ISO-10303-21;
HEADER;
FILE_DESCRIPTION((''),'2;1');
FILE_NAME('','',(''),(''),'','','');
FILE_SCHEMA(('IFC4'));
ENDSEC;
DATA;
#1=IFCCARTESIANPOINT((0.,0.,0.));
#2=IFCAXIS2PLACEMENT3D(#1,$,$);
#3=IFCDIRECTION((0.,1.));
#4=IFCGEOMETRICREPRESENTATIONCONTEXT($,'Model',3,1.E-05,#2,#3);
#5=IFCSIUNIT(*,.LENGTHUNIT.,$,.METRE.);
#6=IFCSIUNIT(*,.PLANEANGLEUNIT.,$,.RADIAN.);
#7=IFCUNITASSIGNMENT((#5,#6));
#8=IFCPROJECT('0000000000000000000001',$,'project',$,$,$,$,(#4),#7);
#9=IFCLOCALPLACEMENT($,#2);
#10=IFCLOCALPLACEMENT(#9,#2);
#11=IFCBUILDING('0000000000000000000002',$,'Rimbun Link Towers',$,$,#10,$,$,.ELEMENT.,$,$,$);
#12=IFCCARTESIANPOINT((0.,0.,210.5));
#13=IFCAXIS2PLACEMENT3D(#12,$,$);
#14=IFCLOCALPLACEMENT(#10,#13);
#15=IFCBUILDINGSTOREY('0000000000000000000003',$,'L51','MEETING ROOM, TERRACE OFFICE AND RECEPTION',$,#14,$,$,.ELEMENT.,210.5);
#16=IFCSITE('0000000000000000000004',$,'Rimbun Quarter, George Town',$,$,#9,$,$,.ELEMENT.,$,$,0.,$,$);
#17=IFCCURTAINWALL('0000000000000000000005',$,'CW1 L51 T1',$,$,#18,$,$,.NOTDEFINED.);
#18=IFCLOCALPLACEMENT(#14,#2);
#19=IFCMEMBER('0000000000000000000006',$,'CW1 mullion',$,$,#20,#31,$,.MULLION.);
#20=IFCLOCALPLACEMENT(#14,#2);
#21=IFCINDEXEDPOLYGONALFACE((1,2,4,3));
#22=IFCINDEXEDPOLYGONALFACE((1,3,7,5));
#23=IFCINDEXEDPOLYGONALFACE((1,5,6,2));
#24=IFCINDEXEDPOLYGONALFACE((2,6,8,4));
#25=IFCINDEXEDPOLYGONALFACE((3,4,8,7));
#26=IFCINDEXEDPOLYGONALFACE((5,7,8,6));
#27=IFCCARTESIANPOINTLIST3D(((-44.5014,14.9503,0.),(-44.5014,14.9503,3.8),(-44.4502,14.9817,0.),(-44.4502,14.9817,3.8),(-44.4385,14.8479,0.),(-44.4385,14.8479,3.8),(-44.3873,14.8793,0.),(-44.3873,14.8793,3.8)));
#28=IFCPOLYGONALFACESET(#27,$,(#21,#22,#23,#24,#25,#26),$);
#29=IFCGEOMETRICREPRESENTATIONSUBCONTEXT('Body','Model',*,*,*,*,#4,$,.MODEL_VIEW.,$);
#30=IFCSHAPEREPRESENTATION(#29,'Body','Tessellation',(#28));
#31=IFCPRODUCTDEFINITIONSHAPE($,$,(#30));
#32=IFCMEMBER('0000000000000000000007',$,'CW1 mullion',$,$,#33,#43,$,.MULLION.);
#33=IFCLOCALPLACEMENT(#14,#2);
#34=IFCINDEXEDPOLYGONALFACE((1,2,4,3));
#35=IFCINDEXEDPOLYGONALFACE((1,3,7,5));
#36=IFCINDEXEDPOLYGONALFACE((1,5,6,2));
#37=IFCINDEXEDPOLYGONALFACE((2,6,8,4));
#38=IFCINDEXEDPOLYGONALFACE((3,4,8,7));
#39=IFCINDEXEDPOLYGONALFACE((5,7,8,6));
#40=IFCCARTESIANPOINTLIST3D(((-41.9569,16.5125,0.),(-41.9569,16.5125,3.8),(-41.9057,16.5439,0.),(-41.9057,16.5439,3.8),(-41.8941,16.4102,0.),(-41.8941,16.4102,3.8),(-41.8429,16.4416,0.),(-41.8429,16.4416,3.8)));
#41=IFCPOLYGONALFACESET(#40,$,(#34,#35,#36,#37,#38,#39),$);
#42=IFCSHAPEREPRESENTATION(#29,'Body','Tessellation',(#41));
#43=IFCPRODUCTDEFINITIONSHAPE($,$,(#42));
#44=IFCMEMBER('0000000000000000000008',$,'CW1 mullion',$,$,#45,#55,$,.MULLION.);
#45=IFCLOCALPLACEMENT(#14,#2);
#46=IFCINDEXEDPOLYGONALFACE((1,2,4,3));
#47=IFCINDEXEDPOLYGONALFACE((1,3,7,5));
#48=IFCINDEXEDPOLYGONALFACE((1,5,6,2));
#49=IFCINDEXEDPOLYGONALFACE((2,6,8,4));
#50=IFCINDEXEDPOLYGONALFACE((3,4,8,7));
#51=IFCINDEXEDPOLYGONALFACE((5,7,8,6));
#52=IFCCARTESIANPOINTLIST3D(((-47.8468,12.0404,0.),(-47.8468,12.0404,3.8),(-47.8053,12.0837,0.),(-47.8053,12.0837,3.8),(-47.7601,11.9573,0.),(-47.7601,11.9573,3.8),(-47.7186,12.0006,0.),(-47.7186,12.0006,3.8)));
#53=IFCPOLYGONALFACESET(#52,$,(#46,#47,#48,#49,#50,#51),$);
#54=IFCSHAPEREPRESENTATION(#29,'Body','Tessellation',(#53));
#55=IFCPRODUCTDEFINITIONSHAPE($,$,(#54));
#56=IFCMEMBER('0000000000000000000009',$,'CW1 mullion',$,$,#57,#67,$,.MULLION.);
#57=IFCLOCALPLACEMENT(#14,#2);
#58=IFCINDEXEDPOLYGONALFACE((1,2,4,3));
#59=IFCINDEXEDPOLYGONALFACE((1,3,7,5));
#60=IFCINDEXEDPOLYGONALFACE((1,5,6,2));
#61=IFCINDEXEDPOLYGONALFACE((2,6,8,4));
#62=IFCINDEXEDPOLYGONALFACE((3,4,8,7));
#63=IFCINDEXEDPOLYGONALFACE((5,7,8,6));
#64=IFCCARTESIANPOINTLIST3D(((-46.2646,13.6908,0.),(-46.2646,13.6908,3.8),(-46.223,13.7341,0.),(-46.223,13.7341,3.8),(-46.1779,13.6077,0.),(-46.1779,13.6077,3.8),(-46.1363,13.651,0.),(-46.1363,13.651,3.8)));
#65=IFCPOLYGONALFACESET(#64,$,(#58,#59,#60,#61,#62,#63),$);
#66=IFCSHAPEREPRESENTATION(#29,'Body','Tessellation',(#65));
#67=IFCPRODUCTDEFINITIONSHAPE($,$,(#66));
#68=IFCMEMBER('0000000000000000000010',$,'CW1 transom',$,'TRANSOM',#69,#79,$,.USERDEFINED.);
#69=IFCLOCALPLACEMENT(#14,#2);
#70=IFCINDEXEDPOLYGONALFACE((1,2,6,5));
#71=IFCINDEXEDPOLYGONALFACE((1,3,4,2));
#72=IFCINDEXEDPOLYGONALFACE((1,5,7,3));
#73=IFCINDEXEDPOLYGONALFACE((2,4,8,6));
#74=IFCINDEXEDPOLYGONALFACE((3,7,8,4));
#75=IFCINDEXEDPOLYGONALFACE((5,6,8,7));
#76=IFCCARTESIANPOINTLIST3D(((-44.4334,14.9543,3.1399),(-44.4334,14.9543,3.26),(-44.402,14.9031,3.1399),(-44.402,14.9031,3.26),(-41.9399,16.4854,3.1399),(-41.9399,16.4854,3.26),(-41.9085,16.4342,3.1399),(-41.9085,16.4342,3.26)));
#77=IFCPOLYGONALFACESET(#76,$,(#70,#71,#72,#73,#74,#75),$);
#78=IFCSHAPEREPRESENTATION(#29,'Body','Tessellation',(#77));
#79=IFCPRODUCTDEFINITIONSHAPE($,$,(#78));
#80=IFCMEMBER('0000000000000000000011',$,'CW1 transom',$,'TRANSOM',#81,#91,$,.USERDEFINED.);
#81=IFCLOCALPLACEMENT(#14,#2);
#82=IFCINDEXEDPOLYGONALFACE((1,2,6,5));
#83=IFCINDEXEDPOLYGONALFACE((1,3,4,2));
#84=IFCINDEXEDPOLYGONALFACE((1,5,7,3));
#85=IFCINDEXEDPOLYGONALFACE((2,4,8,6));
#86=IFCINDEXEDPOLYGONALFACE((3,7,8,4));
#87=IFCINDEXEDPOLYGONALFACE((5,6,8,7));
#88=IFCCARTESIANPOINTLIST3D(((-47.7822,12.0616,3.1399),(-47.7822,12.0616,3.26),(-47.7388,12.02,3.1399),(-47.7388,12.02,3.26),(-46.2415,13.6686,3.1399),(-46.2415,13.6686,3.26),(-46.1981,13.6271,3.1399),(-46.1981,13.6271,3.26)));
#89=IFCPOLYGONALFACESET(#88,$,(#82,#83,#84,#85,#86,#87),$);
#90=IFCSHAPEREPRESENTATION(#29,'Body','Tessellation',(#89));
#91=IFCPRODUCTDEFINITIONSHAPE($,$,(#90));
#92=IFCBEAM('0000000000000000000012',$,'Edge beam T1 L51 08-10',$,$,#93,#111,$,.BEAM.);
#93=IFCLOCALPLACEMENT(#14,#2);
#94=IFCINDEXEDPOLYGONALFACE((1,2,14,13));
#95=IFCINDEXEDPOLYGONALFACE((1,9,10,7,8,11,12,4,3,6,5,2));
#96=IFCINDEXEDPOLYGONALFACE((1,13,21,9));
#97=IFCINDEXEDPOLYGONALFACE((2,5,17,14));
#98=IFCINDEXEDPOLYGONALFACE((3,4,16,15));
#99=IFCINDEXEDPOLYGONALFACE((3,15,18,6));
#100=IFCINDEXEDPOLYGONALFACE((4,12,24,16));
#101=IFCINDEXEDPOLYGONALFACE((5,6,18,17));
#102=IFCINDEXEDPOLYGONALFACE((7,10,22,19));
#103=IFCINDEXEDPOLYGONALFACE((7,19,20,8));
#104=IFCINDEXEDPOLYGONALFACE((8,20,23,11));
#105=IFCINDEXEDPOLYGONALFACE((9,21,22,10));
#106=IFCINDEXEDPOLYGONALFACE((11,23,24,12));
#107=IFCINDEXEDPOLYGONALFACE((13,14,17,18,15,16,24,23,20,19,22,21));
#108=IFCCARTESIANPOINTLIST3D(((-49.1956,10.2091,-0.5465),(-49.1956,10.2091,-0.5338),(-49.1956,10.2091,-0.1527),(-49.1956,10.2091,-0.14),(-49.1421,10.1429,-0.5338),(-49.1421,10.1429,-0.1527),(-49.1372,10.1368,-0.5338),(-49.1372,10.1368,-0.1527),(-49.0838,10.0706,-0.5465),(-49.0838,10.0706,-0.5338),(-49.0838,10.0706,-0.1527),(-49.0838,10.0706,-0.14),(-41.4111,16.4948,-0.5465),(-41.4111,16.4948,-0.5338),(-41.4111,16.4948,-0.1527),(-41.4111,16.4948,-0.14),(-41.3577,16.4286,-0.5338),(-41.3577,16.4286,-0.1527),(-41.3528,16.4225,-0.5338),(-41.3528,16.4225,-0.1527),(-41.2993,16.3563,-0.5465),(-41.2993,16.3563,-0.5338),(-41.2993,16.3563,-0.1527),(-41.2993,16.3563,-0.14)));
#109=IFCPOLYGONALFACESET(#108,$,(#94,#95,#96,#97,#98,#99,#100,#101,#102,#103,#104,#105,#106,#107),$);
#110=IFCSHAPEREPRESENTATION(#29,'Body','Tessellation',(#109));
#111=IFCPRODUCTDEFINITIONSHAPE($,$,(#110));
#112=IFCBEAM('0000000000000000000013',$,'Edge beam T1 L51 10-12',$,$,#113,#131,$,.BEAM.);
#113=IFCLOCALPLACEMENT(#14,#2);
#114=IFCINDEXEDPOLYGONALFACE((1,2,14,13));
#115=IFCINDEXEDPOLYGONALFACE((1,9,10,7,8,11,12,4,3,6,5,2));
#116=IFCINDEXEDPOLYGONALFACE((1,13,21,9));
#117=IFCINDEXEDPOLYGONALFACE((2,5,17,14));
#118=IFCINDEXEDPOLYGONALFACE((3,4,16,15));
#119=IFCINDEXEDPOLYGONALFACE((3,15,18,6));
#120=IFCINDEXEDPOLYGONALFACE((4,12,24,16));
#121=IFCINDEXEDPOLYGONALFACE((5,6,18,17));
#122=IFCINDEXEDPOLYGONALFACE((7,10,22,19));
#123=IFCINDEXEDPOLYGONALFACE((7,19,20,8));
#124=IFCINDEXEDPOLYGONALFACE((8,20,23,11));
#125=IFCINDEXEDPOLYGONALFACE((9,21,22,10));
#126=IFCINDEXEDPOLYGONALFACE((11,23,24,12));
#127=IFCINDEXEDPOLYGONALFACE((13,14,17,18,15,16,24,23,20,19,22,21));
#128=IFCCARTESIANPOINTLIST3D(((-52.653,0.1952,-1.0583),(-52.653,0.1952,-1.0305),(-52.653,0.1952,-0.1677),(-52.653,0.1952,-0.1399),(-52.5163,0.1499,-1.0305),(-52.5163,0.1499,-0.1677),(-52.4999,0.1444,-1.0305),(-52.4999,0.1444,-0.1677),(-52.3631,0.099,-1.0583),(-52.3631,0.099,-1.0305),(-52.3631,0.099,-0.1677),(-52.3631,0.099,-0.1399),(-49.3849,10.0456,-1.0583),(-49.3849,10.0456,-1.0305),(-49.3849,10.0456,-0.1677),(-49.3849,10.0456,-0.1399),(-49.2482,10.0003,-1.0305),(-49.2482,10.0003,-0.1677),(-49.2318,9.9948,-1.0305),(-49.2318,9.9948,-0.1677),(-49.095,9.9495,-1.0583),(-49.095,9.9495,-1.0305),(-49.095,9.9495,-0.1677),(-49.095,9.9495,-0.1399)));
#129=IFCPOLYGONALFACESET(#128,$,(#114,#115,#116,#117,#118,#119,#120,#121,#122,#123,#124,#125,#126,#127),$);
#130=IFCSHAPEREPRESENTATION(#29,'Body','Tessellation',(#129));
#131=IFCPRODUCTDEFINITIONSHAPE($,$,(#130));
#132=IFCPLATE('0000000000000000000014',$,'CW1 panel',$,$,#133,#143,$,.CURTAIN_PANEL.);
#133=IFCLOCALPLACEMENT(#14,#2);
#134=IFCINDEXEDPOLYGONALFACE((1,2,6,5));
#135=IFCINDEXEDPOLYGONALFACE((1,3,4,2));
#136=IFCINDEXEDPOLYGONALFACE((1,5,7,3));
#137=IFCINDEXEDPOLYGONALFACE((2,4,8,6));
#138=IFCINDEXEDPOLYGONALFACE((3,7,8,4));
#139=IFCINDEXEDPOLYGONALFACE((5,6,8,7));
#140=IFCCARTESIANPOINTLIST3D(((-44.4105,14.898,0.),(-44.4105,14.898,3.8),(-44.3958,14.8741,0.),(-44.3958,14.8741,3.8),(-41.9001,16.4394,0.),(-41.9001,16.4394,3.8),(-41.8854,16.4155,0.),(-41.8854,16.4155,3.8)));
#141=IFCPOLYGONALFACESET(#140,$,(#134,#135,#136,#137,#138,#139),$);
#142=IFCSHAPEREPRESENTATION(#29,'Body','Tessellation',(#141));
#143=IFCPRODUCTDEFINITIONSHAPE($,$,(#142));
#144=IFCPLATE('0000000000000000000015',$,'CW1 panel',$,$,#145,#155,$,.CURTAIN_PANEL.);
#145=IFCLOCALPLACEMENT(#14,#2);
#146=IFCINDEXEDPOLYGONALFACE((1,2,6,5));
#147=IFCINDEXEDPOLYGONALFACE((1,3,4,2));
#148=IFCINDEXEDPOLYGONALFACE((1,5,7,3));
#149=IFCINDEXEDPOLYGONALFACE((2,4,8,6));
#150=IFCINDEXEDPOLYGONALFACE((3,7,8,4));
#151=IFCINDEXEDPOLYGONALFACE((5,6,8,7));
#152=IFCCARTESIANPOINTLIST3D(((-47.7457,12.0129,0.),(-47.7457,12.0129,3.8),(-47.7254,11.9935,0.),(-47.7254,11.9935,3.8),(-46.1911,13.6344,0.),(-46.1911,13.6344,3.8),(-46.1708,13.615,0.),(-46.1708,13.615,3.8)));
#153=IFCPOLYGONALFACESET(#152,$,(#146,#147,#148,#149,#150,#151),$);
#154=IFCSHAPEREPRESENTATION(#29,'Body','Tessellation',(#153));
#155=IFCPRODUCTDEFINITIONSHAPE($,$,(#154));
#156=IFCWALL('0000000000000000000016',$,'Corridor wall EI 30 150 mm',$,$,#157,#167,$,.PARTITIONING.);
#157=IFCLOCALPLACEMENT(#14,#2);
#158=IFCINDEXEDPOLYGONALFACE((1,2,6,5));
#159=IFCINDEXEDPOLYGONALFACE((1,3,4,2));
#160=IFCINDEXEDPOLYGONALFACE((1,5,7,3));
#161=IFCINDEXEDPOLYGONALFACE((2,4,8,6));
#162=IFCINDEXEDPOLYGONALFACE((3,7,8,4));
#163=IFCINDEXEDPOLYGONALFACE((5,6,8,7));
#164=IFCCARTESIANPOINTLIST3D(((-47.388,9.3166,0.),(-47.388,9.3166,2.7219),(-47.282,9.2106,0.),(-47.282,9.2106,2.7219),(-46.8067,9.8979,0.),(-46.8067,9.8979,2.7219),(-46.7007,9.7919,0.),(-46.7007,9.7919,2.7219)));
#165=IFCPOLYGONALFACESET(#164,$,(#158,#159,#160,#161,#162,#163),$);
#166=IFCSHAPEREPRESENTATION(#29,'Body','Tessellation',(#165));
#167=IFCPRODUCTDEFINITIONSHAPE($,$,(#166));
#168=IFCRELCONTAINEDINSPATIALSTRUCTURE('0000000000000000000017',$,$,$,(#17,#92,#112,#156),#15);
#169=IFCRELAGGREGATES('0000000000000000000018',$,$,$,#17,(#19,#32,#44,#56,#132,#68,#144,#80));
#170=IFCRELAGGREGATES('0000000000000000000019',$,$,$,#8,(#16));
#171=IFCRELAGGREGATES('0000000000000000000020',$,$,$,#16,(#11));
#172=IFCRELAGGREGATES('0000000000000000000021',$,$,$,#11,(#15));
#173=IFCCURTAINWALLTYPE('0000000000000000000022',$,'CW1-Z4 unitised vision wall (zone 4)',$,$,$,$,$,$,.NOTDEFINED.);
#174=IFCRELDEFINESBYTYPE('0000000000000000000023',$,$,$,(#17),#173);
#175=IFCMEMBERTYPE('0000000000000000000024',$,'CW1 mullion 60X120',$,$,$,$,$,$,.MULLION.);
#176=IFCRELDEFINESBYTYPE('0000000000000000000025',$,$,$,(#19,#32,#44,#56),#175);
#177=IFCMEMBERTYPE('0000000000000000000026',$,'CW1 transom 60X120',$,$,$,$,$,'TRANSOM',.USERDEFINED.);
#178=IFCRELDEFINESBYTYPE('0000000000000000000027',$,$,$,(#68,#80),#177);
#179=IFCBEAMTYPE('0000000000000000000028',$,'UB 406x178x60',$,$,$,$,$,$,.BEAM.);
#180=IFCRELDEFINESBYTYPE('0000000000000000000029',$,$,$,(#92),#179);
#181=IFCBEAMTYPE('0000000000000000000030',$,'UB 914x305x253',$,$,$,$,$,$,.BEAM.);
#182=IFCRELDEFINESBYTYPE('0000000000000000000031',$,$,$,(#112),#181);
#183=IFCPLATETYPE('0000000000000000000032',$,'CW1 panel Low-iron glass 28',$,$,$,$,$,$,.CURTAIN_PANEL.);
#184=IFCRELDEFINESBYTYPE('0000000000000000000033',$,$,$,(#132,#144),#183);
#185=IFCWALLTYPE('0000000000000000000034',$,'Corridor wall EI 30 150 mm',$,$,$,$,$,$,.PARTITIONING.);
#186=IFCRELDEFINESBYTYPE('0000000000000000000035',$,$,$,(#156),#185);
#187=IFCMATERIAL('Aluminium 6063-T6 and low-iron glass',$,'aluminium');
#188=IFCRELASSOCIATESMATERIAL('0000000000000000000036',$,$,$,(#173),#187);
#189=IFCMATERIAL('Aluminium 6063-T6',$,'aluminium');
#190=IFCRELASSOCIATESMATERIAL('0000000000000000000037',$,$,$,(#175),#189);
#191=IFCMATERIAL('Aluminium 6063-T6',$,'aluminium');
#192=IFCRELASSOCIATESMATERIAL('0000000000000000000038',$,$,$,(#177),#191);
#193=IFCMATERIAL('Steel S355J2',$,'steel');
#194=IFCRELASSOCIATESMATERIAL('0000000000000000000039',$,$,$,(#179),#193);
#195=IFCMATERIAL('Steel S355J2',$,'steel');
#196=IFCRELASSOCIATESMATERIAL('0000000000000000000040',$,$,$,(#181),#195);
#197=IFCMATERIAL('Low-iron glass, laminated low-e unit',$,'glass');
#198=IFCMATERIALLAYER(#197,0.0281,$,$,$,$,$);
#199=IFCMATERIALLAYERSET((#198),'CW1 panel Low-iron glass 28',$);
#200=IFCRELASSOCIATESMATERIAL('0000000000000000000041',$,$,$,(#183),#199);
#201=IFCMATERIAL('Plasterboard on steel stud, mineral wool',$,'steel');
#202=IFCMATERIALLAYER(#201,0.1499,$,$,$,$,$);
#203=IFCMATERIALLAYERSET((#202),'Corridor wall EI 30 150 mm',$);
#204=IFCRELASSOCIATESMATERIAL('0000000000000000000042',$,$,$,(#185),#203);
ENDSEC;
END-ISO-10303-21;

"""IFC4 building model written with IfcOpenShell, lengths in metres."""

from ifc_helpers import new_model, si_unit, direction, frame, frame_2d, origin, origin_2d, place, context, subcontext, project, spatial, rectangle, i_section, extrude, material, layer, layer_set, material_profile, profile_set, type_object, element, aggregate, save


model = new_model("IFC4")

# Units and contexts
model_context = context("Model", 3, precision=1e-05, world=origin(), true_north=direction((0.0, 1.0)))
body_context = subcontext(model_context, "Body", "Model", "MODEL_VIEW")
ifc_project = project(units=[si_unit("LENGTHUNIT", "METRE"), si_unit("PLANEANGLEUNIT", "RADIAN")], contexts=[model_context])

# Site, building, storey
site_placement = place(None, origin())
site = spatial("IfcSite", under=ifc_project, at=site_placement, Name="Rimbun Quarter, George Town", CompositionType="ELEMENT", RefElevation=0.0)
building_placement = place(site_placement, origin())
building = spatial("IfcBuilding", under=site, at=building_placement, Name="Rimbun Link Towers", CompositionType="ELEMENT")
storey_placement = place(building_placement, frame((0.0, 0.0, 210.5)))
storey = spatial("IfcBuildingStorey", under=building, at=storey_placement, Name="L51", Description="MEETING ROOM, TERRACE OFFICE AND RECEPTION", CompositionType="ELEMENT", Elevation=210.5)

# Curtain wall, members
ifc_material_1 = material(Name="Aluminium 6063-T6 and low-iron glass", Category="aluminium")
curtain_wall_type = type_object("IfcCurtainWallType", Name="CW1-Z4 unitised vision wall (zone 4)", PredefinedType="NOTDEFINED", material=ifc_material_1)
curtain_wall_placement = place(storey_placement, origin())
curtain_wall = element("IfcCurtainWall", 1, at=curtain_wall_placement, inside=storey, type_object=curtain_wall_type, Name="CW1 L51 T1", PredefinedType="NOTDEFINED")
ifc_material_2 = material(Name="Aluminium 6063-T6", Category="aluminium")
ifc_material_profile_1 = material_profile(ifc_material_2, rectangle(XDim=0.1201, YDim=0.0601, at=origin_2d()), Name="MULLION 60X120")
ifc_profile_set_1 = profile_set([ifc_material_profile_1], Name="Aluminium 6063-T6")
member_type_1 = type_object("IfcMemberType", Name="CW1 mullion 60X120", PredefinedType="MULLION", material=ifc_profile_set_1)
member_1_placement = place(storey_placement, frame((-44.4443, 14.9148, 0.0), z_axis=(0.0, 0.0, 1.0), x_axis=(-0.523242, 0.852184, 0.0)))
member_1 = element("IfcMember", 2, at=member_1_placement, type_object=member_type_1, Name="CW1 mullion", PredefinedType="MULLION", context=body_context, shape_type="SweptSolid", body=[
    extrude(rectangle(XDim=0.1201, YDim=0.0601, at=origin_2d()), origin(), (0.0, 0.0, 1.0), 3.8),
])
member_2_placement = place(storey_placement, frame((-41.8999, 16.4771, 0.0), z_axis=(0.0, 0.0, 1.0), x_axis=(-0.523242, 0.852184, 0.0)))
member_2 = element("IfcMember", 3, at=member_2_placement, type_object=member_type_1, Name="CW1 mullion", PredefinedType="MULLION", context=body_context, shape_type="SweptSolid", body=[
    extrude(rectangle(XDim=0.1201, YDim=0.0601, at=origin_2d()), origin(), (0.0, 0.0, 1.0), 3.8),
])
member_3_placement = place(storey_placement, frame((-47.7827, 12.0205, 0.0), z_axis=(0.0, 0.0, 1.0), x_axis=(-0.721846, 0.692053, 0.0)))
member_3 = element("IfcMember", 4, at=member_3_placement, type_object=member_type_1, Name="CW1 mullion", PredefinedType="MULLION", context=body_context, shape_type="SweptSolid", body=[
    extrude(rectangle(XDim=0.1201, YDim=0.0601, at=origin_2d()), origin(), (0.0, 0.0, 1.0), 3.8),
])
member_4_placement = place(storey_placement, frame((-46.2004, 13.6709, 0.0), z_axis=(0.0, 0.0, 1.0), x_axis=(-0.721846, 0.692053, 0.0)))
member_4 = element("IfcMember", 5, at=member_4_placement, type_object=member_type_1, Name="CW1 mullion", PredefinedType="MULLION", context=body_context, shape_type="SweptSolid", body=[
    extrude(rectangle(XDim=0.1201, YDim=0.0601, at=origin_2d()), origin(), (0.0, 0.0, 1.0), 3.8),
])
ifc_material_3 = material(Name="Aluminium 6063-T6", Category="aluminium")
ifc_material_profile_2 = material_profile(ifc_material_3, rectangle(XDim=0.0601, YDim=0.1201, at=origin_2d()), Name="TRANSOM 60X120")
ifc_profile_set_2 = profile_set([ifc_material_profile_2], Name="Aluminium 6063-T6")
member_type_2 = type_object("IfcMemberType", Name="CW1 transom 60X120", ElementType="TRANSOM", PredefinedType="USERDEFINED", material=ifc_profile_set_2)
member_5_placement = place(storey_placement, frame((-44.4177, 14.9287, 3.2), z_axis=(0.852176, 0.523255, 0.0), x_axis=(-0.523255, 0.852176, 0.0)))
member_5 = element("IfcMember", 6, at=member_5_placement, type_object=member_type_2, Name="CW1 transom", ObjectType="TRANSOM", PredefinedType="USERDEFINED", context=body_context, shape_type="SweptSolid", body=[
    extrude(rectangle(XDim=0.0601, YDim=0.1201, at=origin_2d()), origin(), (0.0, 0.0, 1.0), 2.926),
])
member_6_placement = place(storey_placement, frame((-47.7605, 12.0408, 3.2), z_axis=(0.692036, 0.721863, 0.0), x_axis=(-0.721863, 0.692036, 0.0)))
member_6 = element("IfcMember", 7, at=member_6_placement, type_object=member_type_2, Name="CW1 transom", ObjectType="TRANSOM", PredefinedType="USERDEFINED", context=body_context, shape_type="SweptSolid", body=[
    extrude(rectangle(XDim=0.0601, YDim=0.1201, at=origin_2d()), origin(), (0.0, 0.0, 1.0), 2.2263),
])

# Beams
ifc_material_4 = material(Name="Steel S355J2", Category="steel")
ifc_material_profile_3 = material_profile(ifc_material_4, i_section(OverallWidth=0.178, OverallDepth=0.4065, WebThickness=0.0078, FlangeThickness=0.0127, at=origin_2d()), Name="UB 406x178x60")
ifc_profile_set_3 = profile_set([ifc_material_profile_3], Name="Steel S355J2")
beam_type_1 = type_object("IfcBeamType", Name="UB 406x178x60", PredefinedType="BEAM", material=ifc_profile_set_3)
beam_1_placement = place(storey_placement, frame((-41.3552, 16.4255, -0.3433), z_axis=(-0.778028, -0.62823, 0.0), x_axis=(0.62823, -0.778028, 0.0)))
element("IfcBeam", 8, at=beam_1_placement, inside=storey, type_object=beam_type_1, Name="Edge beam T1 L51 08-10", PredefinedType="BEAM", context=body_context, shape_type="SweptSolid", body=[
    extrude(i_section(OverallWidth=0.178, OverallDepth=0.4065, WebThickness=0.0078, FlangeThickness=0.0127, at=origin_2d()), origin(), (0.0, 0.0, 1.0), 10.0054),
])
ifc_material_5 = material(Name="Steel S355J2", Category="steel")
ifc_material_profile_4 = material_profile(ifc_material_5, i_section(OverallWidth=0.3054, OverallDepth=0.9185, WebThickness=0.0173, FlangeThickness=0.0278, at=origin_2d()), Name="UB 914x305x253")
ifc_profile_set_4 = profile_set([ifc_material_profile_4], Name="Steel S355J2")
beam_type_2 = type_object("IfcBeamType", Name="UB 914x305x253", PredefinedType="BEAM", material=ifc_profile_set_4)
beam_2_placement = place(storey_placement, frame((-49.24, 9.9976, -0.5991), z_axis=(-0.314894, -0.949127, 0.0), x_axis=(0.949127, -0.314894, 0.0)))
element("IfcBeam", 9, at=beam_2_placement, inside=storey, type_object=beam_type_2, Name="Edge beam T1 L51 10-12", PredefinedType="BEAM", context=body_context, shape_type="SweptSolid", body=[
    extrude(i_section(OverallWidth=0.3054, OverallDepth=0.9185, WebThickness=0.0173, FlangeThickness=0.0278, at=origin_2d()), origin(), (0.0, 0.0, 1.0), 10.3784),
])

# Plates
ifc_material_6 = material(Name="Low-iron glass, laminated low-e unit", Category="glass")
ifc_layer_1 = layer(ifc_material_6, 0.0281)
ifc_layer_set_1 = layer_set([ifc_layer_1], Name="CW1 panel Low-iron glass 28")
plate_type = type_object("IfcPlateType", Name="CW1 panel Low-iron glass 28", PredefinedType="CURTAIN_PANEL", material=ifc_layer_set_1)
plate_1_placement = place(storey_placement, frame((-43.1479, 15.6567, 0.0), z_axis=(0.0, 0.0, 1.0), x_axis=(0.852184, 0.523242, 0.0)))
plate_1 = element("IfcPlate", 10, at=plate_1_placement, type_object=plate_type, Name="CW1 panel", PredefinedType="CURTAIN_PANEL", context=body_context, shape_type="SweptSolid", body=[
    extrude(rectangle(XDim=2.9458, YDim=0.0281, at=origin_2d()), origin(), (0.0, 0.0, 1.0), 3.8),
])
plate_2_placement = place(storey_placement, frame((-46.9583, 12.814, 0.0), z_axis=(0.0, 0.0, 1.0), x_axis=(0.692053, 0.721846, 0.0)))
plate_2 = element("IfcPlate", 11, at=plate_2_placement, type_object=plate_type, Name="CW1 panel", PredefinedType="CURTAIN_PANEL", context=body_context, shape_type="SweptSolid", body=[
    extrude(rectangle(XDim=2.2463, YDim=0.0281, at=origin_2d()), origin(), (0.0, 0.0, 1.0), 3.8),
])
aggregate(curtain_wall, [member_1, member_2, member_3, member_4, plate_1, member_5, plate_2, member_6])

# Wall
ifc_material_7 = material(Name="Plasterboard on steel stud, mineral wool", Category="steel")
ifc_layer_2 = layer(ifc_material_7, 0.1499)
ifc_layer_set_2 = layer_set([ifc_layer_2], Name="Corridor wall EI 30 150 mm")
wall_type_1 = type_object("IfcWallType", Name="Corridor wall EI 30 150 mm", PredefinedType="PARTITIONING", material=ifc_layer_set_2)
wall_1_placement = place(storey_placement, frame((-46.7537, 9.845, 0.0), z_axis=(0.0, 0.0, 1.0), x_axis=(-0.707107, -0.707107, 0.0)))
element("IfcWall", 12, at=wall_1_placement, inside=storey, type_object=wall_type_1, Name="Corridor wall EI 30 150 mm", PredefinedType="PARTITIONING", context=body_context, shape_type="SweptSolid", body=[
    extrude(rectangle(XDim=0.822, YDim=0.1499, at=frame_2d((0.4111, 0.0))), origin(), (0.0, 0.0, 1.0), 2.7219),
])

save(model, "model.ifc")
